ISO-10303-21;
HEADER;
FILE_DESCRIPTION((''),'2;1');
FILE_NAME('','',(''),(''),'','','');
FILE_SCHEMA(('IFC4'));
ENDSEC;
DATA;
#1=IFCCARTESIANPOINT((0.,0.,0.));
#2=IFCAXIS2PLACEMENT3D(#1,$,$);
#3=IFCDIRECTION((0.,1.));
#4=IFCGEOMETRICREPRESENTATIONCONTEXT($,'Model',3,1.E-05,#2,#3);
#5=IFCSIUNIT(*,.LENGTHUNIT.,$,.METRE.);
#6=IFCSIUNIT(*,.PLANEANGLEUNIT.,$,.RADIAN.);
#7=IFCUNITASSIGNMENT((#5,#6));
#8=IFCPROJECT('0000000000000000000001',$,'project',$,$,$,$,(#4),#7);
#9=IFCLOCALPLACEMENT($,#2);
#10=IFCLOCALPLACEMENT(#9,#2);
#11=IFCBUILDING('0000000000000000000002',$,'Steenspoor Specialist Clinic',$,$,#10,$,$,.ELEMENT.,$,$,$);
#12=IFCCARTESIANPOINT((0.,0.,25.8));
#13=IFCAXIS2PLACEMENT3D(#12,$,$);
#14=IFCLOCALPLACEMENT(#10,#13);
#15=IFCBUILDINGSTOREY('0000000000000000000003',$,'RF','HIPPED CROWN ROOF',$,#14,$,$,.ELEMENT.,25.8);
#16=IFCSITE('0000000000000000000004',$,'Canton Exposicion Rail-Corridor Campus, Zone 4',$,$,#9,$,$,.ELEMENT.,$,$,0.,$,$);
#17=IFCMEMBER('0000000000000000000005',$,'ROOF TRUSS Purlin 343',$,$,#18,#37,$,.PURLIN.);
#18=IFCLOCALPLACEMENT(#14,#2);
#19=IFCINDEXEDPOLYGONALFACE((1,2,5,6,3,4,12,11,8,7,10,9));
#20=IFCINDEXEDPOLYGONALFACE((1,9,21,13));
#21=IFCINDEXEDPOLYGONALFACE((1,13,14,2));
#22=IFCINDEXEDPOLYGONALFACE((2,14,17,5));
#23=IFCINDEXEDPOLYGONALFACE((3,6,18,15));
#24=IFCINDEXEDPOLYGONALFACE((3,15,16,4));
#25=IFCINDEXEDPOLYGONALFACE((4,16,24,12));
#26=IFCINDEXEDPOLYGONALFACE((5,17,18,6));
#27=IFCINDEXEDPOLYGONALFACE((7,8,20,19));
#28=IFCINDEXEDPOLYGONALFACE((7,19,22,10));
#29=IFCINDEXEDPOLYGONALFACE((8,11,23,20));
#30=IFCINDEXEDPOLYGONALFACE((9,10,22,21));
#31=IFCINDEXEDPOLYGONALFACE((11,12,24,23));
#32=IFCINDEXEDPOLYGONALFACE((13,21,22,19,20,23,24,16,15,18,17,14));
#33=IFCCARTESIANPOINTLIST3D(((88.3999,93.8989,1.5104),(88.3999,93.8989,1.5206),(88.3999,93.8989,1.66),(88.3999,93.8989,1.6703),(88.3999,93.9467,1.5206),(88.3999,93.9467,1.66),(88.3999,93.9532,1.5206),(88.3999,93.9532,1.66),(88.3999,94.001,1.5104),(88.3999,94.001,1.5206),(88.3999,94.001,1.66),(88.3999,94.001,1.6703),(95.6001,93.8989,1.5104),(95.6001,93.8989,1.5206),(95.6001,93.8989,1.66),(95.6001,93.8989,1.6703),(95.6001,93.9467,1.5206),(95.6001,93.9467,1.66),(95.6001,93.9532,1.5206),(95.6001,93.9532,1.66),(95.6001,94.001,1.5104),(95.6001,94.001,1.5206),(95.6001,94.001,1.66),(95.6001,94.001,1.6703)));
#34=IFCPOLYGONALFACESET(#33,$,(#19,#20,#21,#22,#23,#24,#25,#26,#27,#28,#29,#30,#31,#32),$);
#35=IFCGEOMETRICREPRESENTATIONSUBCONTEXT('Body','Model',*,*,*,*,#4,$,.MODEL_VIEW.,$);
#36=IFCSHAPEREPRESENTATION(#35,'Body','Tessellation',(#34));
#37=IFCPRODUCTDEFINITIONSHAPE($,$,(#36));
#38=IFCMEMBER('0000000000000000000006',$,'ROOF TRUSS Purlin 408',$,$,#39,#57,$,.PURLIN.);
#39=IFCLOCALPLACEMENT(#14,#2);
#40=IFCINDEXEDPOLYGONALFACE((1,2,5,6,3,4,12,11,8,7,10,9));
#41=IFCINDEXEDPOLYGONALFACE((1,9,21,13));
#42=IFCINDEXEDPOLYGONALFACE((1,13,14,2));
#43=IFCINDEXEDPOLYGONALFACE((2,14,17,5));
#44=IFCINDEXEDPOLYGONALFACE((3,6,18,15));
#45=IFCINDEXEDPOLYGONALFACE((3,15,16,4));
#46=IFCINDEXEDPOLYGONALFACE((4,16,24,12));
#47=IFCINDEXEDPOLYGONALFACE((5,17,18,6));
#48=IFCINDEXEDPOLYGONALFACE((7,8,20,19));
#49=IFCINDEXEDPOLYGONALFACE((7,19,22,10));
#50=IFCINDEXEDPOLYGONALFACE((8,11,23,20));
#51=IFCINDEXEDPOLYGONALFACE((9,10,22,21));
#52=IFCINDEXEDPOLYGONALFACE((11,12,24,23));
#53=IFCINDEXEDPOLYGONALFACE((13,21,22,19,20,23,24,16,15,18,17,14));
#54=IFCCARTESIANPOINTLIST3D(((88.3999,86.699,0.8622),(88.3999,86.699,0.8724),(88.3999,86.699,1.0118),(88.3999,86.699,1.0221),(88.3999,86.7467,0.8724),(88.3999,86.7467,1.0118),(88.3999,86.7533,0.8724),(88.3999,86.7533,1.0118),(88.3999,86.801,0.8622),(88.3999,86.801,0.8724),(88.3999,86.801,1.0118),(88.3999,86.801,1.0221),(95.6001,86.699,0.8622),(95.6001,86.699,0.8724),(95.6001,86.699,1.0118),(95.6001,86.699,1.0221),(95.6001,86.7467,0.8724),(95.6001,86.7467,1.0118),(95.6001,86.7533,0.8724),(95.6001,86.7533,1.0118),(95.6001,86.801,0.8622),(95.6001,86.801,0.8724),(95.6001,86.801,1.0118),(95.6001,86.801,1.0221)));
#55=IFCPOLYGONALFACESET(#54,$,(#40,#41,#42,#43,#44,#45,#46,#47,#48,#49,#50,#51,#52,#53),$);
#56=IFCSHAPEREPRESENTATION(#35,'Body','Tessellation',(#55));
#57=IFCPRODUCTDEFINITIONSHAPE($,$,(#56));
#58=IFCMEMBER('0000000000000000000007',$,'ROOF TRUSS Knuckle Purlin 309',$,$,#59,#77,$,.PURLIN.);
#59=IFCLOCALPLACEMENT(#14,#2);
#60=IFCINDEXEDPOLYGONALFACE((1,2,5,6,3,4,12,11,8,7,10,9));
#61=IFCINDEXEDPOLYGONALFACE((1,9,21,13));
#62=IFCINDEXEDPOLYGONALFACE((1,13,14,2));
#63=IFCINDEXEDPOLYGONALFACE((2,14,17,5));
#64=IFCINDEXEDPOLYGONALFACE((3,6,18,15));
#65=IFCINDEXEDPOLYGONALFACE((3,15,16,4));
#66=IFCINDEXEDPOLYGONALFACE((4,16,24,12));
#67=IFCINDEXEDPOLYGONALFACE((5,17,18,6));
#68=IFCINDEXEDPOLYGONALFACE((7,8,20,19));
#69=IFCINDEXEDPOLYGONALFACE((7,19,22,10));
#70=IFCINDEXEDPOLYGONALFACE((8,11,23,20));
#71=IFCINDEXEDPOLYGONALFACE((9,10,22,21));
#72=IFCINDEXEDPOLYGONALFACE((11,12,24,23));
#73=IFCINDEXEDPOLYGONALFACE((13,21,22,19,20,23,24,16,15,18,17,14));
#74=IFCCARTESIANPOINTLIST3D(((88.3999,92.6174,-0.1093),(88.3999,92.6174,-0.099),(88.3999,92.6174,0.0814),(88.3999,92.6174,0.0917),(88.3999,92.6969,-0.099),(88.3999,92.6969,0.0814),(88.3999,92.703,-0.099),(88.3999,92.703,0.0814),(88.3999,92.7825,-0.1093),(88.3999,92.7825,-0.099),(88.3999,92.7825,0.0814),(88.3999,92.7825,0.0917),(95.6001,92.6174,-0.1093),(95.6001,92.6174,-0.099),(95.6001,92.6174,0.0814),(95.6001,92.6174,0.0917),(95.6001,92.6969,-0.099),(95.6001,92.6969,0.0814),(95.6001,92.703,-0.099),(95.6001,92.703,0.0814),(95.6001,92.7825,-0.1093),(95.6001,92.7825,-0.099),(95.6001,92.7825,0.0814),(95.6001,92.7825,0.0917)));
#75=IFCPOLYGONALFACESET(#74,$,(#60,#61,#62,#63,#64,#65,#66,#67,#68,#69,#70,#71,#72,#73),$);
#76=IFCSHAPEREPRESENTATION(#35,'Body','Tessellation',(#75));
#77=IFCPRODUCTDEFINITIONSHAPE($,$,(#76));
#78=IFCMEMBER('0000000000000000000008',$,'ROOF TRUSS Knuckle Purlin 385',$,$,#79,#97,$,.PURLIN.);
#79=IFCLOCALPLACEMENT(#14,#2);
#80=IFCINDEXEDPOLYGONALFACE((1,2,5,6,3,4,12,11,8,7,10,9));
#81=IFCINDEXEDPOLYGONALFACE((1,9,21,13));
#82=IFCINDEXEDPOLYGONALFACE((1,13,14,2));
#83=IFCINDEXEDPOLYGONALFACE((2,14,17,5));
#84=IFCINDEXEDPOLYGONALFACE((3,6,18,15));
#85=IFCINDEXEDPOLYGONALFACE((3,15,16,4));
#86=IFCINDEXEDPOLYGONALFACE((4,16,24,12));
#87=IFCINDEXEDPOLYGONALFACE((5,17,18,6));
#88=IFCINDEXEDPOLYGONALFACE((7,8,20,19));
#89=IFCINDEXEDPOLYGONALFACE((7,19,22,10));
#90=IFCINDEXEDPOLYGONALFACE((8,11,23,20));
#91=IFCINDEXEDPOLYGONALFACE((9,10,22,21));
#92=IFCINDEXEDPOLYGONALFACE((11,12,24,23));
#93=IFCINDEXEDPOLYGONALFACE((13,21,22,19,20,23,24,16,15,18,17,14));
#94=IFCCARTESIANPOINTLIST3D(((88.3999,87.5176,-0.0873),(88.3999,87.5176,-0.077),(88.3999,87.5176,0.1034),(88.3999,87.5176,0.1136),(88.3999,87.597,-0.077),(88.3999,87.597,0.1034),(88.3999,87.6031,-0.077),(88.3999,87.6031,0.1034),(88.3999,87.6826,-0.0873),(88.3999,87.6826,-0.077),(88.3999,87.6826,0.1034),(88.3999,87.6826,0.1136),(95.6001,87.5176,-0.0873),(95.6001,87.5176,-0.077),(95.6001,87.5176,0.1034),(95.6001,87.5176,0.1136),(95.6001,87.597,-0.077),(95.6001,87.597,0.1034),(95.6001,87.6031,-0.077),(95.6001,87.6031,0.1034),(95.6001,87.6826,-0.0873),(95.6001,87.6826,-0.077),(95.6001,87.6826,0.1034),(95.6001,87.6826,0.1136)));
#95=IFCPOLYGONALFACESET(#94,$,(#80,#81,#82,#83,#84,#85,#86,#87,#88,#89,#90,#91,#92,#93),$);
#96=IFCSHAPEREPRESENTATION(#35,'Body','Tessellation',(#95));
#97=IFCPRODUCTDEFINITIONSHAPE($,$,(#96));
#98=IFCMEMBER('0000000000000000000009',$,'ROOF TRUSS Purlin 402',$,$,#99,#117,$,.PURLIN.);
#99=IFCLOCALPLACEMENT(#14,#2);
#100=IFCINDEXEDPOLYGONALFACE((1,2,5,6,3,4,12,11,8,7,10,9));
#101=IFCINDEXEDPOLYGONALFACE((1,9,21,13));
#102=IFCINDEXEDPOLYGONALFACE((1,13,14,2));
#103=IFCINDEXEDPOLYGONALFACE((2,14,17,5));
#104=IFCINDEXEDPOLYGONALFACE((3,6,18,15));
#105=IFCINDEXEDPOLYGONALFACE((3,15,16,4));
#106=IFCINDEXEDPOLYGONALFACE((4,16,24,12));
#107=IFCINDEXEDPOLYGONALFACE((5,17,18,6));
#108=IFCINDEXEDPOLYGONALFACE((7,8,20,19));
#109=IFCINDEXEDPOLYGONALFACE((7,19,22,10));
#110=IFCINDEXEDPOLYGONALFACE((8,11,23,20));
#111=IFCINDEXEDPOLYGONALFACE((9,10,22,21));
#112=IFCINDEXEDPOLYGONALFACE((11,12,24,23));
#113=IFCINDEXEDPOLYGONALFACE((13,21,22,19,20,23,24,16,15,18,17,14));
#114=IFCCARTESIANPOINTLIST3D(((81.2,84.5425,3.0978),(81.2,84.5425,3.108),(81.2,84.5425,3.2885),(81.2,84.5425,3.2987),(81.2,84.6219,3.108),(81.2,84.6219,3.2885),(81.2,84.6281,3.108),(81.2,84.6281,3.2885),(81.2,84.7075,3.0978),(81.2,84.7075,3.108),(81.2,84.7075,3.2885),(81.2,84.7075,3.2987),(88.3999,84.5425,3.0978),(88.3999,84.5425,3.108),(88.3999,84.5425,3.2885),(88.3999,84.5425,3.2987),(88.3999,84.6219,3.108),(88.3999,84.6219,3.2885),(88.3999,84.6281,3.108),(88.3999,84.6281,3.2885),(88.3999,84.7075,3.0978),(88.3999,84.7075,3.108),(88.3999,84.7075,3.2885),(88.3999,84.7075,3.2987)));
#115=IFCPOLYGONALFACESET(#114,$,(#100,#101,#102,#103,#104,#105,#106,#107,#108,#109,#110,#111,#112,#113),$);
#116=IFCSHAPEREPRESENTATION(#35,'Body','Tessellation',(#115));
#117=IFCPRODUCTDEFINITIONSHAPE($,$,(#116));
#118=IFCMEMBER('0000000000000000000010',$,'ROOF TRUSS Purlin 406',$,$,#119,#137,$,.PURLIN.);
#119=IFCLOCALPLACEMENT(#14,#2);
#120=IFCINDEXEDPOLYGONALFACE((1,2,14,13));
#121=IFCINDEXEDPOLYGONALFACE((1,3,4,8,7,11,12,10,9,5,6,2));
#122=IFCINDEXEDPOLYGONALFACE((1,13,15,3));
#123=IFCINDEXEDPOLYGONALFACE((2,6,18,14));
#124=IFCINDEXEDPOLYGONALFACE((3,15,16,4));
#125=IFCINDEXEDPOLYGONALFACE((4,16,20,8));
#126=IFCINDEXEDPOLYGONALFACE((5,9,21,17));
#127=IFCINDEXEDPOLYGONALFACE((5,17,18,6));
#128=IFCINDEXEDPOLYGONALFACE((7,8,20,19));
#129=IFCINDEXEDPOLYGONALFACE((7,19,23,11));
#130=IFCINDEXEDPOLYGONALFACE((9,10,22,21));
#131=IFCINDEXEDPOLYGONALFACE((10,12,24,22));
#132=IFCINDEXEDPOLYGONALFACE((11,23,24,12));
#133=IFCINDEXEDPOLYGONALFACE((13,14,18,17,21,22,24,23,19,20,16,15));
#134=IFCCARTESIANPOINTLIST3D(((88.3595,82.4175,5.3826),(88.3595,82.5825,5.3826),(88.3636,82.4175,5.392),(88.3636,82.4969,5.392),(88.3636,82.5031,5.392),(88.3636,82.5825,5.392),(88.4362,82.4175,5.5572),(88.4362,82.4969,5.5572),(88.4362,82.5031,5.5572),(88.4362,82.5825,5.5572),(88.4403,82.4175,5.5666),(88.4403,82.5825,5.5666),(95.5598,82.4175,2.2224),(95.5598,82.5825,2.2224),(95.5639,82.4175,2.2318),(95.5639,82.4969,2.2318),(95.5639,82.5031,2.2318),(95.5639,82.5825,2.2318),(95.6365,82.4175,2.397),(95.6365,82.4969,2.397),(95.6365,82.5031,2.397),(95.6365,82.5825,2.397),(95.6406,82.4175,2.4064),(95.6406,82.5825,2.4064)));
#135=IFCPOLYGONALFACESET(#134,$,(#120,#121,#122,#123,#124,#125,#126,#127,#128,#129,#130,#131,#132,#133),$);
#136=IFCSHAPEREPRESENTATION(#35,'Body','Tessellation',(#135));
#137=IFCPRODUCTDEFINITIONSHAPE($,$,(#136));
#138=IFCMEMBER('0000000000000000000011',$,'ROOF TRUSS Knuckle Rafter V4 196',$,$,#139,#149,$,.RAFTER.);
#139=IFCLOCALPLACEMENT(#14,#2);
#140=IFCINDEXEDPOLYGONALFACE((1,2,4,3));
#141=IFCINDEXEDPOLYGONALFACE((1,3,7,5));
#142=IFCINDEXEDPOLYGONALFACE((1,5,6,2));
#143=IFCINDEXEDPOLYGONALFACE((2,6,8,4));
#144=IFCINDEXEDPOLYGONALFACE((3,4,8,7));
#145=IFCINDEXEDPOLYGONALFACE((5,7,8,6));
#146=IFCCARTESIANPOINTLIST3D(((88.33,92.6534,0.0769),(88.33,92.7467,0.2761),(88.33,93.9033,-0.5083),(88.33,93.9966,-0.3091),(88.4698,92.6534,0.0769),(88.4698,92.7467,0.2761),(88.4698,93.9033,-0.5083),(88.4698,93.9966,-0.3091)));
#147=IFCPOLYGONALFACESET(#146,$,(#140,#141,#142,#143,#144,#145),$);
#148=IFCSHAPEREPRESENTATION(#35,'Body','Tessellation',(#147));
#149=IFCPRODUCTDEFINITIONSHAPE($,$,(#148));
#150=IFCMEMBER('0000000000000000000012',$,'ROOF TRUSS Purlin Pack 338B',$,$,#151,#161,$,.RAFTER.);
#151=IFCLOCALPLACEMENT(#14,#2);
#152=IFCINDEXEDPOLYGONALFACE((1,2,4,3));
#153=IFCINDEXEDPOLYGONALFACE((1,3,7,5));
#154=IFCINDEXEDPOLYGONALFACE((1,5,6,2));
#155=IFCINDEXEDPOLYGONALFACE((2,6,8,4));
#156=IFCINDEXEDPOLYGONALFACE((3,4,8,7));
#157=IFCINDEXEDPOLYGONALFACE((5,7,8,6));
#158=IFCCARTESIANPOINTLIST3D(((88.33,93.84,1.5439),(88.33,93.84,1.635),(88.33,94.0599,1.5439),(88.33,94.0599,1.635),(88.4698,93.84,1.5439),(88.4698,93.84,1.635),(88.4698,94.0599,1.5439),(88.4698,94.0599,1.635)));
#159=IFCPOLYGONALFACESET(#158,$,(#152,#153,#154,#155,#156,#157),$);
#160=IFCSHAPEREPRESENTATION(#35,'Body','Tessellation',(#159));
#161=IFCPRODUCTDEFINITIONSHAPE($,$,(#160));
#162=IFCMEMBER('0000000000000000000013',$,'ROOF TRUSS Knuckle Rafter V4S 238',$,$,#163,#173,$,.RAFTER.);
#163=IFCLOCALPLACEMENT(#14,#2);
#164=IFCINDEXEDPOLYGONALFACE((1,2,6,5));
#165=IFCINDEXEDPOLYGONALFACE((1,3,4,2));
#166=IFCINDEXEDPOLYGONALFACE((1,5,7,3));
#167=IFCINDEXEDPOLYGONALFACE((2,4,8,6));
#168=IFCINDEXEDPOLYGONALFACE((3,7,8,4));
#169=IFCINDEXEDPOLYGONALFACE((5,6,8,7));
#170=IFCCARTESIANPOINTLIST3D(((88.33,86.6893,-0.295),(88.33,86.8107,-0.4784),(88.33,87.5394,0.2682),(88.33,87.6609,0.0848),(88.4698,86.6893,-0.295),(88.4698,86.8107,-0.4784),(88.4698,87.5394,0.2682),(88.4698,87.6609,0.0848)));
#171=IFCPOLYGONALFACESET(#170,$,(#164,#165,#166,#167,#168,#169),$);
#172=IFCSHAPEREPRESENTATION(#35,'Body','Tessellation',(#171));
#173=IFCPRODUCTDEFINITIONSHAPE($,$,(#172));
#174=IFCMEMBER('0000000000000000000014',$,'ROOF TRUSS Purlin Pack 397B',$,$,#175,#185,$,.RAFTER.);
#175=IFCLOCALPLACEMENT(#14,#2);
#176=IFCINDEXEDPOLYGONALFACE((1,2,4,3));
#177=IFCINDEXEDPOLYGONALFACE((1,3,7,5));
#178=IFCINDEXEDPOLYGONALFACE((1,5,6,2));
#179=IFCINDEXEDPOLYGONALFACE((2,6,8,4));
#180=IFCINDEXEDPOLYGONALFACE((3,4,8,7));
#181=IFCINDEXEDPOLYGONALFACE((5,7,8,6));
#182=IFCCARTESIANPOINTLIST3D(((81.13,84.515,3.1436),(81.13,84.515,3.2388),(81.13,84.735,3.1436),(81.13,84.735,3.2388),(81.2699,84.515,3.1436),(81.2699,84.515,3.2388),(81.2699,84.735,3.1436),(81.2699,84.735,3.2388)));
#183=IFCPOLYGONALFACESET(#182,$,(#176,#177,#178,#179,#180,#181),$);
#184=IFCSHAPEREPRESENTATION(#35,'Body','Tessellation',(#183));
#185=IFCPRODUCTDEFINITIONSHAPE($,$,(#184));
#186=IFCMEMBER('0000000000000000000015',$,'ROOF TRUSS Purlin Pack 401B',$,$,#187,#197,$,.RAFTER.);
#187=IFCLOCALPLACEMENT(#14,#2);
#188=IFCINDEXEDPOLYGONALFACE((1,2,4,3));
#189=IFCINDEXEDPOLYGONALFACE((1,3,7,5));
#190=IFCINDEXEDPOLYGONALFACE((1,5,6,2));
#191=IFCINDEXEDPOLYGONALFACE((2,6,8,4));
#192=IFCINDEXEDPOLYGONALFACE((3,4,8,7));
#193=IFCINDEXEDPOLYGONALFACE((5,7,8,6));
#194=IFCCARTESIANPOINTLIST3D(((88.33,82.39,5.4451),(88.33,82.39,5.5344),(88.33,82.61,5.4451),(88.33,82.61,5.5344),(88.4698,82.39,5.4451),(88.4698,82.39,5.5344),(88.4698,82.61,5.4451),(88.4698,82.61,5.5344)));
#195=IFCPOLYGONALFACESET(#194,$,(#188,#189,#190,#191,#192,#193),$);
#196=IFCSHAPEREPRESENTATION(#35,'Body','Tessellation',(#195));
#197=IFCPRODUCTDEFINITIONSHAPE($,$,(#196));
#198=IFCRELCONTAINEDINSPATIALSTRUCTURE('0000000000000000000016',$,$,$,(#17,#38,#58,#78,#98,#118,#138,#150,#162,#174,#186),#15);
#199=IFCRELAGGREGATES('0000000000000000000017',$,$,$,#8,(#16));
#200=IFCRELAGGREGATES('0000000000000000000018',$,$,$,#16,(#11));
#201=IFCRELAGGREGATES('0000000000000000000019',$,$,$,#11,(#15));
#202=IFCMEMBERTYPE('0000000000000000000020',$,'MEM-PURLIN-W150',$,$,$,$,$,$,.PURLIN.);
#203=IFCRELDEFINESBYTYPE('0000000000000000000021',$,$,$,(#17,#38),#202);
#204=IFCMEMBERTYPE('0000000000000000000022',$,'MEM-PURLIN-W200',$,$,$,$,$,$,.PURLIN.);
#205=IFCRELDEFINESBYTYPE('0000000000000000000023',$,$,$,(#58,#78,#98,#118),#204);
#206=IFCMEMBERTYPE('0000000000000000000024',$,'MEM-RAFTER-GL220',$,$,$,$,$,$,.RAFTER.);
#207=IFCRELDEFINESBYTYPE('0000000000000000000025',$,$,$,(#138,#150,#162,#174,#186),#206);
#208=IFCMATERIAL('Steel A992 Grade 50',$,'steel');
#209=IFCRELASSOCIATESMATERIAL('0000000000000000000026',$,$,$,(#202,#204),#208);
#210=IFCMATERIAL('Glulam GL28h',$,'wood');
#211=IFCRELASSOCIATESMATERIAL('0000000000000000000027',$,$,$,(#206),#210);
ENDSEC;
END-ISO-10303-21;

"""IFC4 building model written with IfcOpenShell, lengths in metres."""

from ifc_helpers import new_model, si_unit, direction, frame, origin, origin_2d, place, context, subcontext, project, spatial, rectangle, i_section, extrude, material, material_profile, profile_set, type_object, element, save


model = new_model("IFC4")

# Units and contexts
model_context = context("Model", 3, precision=1e-05, world=origin(), true_north=direction((0.0, 1.0)))
body_context = subcontext(model_context, "Body", "Model", "MODEL_VIEW")
ifc_project = project(units=[si_unit("LENGTHUNIT", "METRE"), si_unit("PLANEANGLEUNIT", "RADIAN")], contexts=[model_context])

# Site, building, storey
site_placement = place(None, origin())
site = spatial("IfcSite", under=ifc_project, at=site_placement, Name="Canton Exposicion Rail-Corridor Campus, Zone 4", CompositionType="ELEMENT", RefElevation=0.0)
building_placement = place(site_placement, origin())
building = spatial("IfcBuilding", under=site, at=building_placement, Name="Steenspoor Specialist Clinic", CompositionType="ELEMENT")
storey_placement = place(building_placement, frame((0.0, 0.0, 25.8)))
storey = spatial("IfcBuildingStorey", under=building, at=storey_placement, Name="RF", Description="HIPPED CROWN ROOF", CompositionType="ELEMENT", Elevation=25.8)

# Shared definitions
ifc_material_1 = material(Name="Glulam GL28h", Category="wood")

# Members
ifc_material_2 = material(Name="Steel A992 Grade 50", Category="steel")
ifc_material_profile_1 = material_profile(ifc_material_2, i_section(OverallWidth=0.1021, OverallDepth=0.1599, WebThickness=0.0066, FlangeThickness=0.0103, at=origin_2d()), Name="W150X24")
ifc_profile_set_1 = profile_set([ifc_material_profile_1], Name="Steel A992 Grade 50")
member_type_1 = type_object("IfcMemberType", Name="MEM-PURLIN-W150", PredefinedType="PURLIN", material=ifc_profile_set_1)
for number, where, z_axis, x_axis, name in (
    (1, (88.3999, 93.95, 1.5903), (1.0, 0.0, 0.0), (0.0, 1.0, 0.0), "ROOF TRUSS Purlin 343"),
    (2, (88.3999, 86.75, 0.9421), (1.0, 0.0, 0.0), (0.0, 1.0, 0.0), "ROOF TRUSS Purlin 408"),
):
    element("IfcMember", number, at=place(storey_placement, frame(where, z_axis=z_axis, x_axis=x_axis)), inside=storey, type_object=member_type_1, Name=name, PredefinedType="PURLIN", context=body_context, shape_type="SweptSolid", body=[
        extrude(i_section(OverallWidth=0.1021, OverallDepth=0.1599, WebThickness=0.0066, FlangeThickness=0.0103, at=origin_2d()), origin(), (0.0, 0.0, 1.0), 7.2002),
    ])
ifc_material_profile_2 = material_profile(ifc_material_2, i_section(OverallWidth=0.165, OverallDepth=0.2009, WebThickness=0.0061, FlangeThickness=0.0103, at=origin_2d()), Name="W200X36")
ifc_profile_set_2 = profile_set([ifc_material_profile_2], Name="Steel A992 Grade 50")
member_type_2 = type_object("IfcMemberType", Name="MEM-PURLIN-W200", PredefinedType="PURLIN", material=ifc_profile_set_2)
for number, where, z_axis, x_axis, name in (
    (3, (88.3999, 92.7, -0.0088), (1.0, 0.0, 0.0), (0.0, 1.0, 0.0), "ROOF TRUSS Knuckle Purlin 309"),
    (4, (88.3999, 87.6001, 0.0132), (1.0, 0.0, 0.0), (0.0, 1.0, 0.0), "ROOF TRUSS Knuckle Purlin 385"),
):
    element("IfcMember", number, at=place(storey_placement, frame(where, z_axis=z_axis, x_axis=x_axis)), inside=storey, type_object=member_type_2, Name=name, PredefinedType="PURLIN", context=body_context, shape_type="SweptSolid", body=[
        extrude(i_section(OverallWidth=0.165, OverallDepth=0.2009, WebThickness=0.0061, FlangeThickness=0.0103, at=origin_2d()), origin(), (0.0, 0.0, 1.0), 7.2002),
    ])
member_1_placement = place(storey_placement, frame((81.2, 84.625, 3.1982), z_axis=(1.0, 0.0, 0.0), x_axis=(0.0, 1.0, 0.0)))
element("IfcMember", 5, at=member_1_placement, inside=storey, type_object=member_type_2, Name="ROOF TRUSS Purlin 402", PredefinedType="PURLIN", context=body_context, shape_type="SweptSolid", body=[
    extrude(i_section(OverallWidth=0.165, OverallDepth=0.2009, WebThickness=0.0061, FlangeThickness=0.0103, at=origin_2d()), origin(), (0.0, 0.0, 1.0), 7.2),
])
member_2_placement = place(storey_placement, frame((88.3999, 82.5, 5.4746), z_axis=(0.915686, 0.0, -0.401894), x_axis=(0.0, 1.0, 0.0)))
element("IfcMember", 6, at=member_2_placement, inside=storey, type_object=member_type_2, Name="ROOF TRUSS Purlin 406", PredefinedType="PURLIN", context=body_context, shape_type="SweptSolid", body=[
    extrude(i_section(OverallWidth=0.165, OverallDepth=0.2009, WebThickness=0.0061, FlangeThickness=0.0103, at=origin_2d()), origin(), (0.0, 0.0, 1.0), 7.8633),
])
ifc_material_profile_3 = material_profile(ifc_material_1, rectangle(XDim=0.1399, YDim=0.22, at=origin_2d()), Name="GL28H-140X220")
ifc_profile_set_3 = profile_set([ifc_material_profile_3], Name="Glulam GL28h")
member_type_3 = type_object("IfcMemberType", Name="MEM-RAFTER-GL220", PredefinedType="RAFTER", material=ifc_profile_set_3)
member_3_placement = place(storey_placement, frame((88.3999, 93.95, -0.4087), z_axis=(0.0, -0.905663, 0.423999), x_axis=(1.0, 0.0, 0.0)))
element("IfcMember", 7, at=member_3_placement, inside=storey, type_object=member_type_3, Name="ROOF TRUSS Knuckle Rafter V4 196", PredefinedType="RAFTER", context=body_context, shape_type="SweptSolid", body=[
    extrude(rectangle(XDim=0.1399, YDim=0.22, at=origin_2d()), origin(), (0.0, 0.0, 1.0), 1.3801),
])
member_4_placement = place(storey_placement, frame((88.3999, 93.95, 1.5439), z_axis=(0.0, 0.0, 1.0), x_axis=(1.0, 0.0, 0.0)))
element("IfcMember", 8, at=member_4_placement, inside=storey, type_object=member_type_3, Name="ROOF TRUSS Purlin Pack 338B", PredefinedType="RAFTER", context=body_context, shape_type="SweptSolid", body=[
    extrude(rectangle(XDim=0.1399, YDim=0.22, at=origin_2d()), origin(), (0.0, 0.0, 1.0), 0.0911),
])
member_5_placement = place(storey_placement, frame((88.3999, 86.75, -0.3867), z_axis=(0.0, 0.833631, 0.552322), x_axis=(-1.0, 0.0, 0.0)))
element("IfcMember", 9, at=member_5_placement, inside=storey, type_object=member_type_3, Name="ROOF TRUSS Knuckle Rafter V4S 238", PredefinedType="RAFTER", context=body_context, shape_type="SweptSolid", body=[
    extrude(rectangle(XDim=0.1399, YDim=0.22, at=origin_2d()), origin(), (0.0, 0.0, 1.0), 1.0198),
])
member_6_placement = place(storey_placement, frame((81.2, 84.625, 3.1436), z_axis=(0.0, 0.0, 1.0), x_axis=(1.0, 0.0, 0.0)))
element("IfcMember", 10, at=member_6_placement, inside=storey, type_object=member_type_3, Name="ROOF TRUSS Purlin Pack 397B", PredefinedType="RAFTER", context=body_context, shape_type="SweptSolid", body=[
    extrude(rectangle(XDim=0.1399, YDim=0.22, at=origin_2d()), origin(), (0.0, 0.0, 1.0), 0.0952),
])
member_7_placement = place(storey_placement, frame((88.3999, 82.5, 5.4451), z_axis=(0.0, 0.0, 1.0), x_axis=(1.0, 0.0, 0.0)))
element("IfcMember", 11, at=member_7_placement, inside=storey, type_object=member_type_3, Name="ROOF TRUSS Purlin Pack 401B", PredefinedType="RAFTER", context=body_context, shape_type="SweptSolid", body=[
    extrude(rectangle(XDim=0.1399, YDim=0.22, at=origin_2d()), origin(), (0.0, 0.0, 1.0), 0.0894),
])

save(model, "model.ifc")
